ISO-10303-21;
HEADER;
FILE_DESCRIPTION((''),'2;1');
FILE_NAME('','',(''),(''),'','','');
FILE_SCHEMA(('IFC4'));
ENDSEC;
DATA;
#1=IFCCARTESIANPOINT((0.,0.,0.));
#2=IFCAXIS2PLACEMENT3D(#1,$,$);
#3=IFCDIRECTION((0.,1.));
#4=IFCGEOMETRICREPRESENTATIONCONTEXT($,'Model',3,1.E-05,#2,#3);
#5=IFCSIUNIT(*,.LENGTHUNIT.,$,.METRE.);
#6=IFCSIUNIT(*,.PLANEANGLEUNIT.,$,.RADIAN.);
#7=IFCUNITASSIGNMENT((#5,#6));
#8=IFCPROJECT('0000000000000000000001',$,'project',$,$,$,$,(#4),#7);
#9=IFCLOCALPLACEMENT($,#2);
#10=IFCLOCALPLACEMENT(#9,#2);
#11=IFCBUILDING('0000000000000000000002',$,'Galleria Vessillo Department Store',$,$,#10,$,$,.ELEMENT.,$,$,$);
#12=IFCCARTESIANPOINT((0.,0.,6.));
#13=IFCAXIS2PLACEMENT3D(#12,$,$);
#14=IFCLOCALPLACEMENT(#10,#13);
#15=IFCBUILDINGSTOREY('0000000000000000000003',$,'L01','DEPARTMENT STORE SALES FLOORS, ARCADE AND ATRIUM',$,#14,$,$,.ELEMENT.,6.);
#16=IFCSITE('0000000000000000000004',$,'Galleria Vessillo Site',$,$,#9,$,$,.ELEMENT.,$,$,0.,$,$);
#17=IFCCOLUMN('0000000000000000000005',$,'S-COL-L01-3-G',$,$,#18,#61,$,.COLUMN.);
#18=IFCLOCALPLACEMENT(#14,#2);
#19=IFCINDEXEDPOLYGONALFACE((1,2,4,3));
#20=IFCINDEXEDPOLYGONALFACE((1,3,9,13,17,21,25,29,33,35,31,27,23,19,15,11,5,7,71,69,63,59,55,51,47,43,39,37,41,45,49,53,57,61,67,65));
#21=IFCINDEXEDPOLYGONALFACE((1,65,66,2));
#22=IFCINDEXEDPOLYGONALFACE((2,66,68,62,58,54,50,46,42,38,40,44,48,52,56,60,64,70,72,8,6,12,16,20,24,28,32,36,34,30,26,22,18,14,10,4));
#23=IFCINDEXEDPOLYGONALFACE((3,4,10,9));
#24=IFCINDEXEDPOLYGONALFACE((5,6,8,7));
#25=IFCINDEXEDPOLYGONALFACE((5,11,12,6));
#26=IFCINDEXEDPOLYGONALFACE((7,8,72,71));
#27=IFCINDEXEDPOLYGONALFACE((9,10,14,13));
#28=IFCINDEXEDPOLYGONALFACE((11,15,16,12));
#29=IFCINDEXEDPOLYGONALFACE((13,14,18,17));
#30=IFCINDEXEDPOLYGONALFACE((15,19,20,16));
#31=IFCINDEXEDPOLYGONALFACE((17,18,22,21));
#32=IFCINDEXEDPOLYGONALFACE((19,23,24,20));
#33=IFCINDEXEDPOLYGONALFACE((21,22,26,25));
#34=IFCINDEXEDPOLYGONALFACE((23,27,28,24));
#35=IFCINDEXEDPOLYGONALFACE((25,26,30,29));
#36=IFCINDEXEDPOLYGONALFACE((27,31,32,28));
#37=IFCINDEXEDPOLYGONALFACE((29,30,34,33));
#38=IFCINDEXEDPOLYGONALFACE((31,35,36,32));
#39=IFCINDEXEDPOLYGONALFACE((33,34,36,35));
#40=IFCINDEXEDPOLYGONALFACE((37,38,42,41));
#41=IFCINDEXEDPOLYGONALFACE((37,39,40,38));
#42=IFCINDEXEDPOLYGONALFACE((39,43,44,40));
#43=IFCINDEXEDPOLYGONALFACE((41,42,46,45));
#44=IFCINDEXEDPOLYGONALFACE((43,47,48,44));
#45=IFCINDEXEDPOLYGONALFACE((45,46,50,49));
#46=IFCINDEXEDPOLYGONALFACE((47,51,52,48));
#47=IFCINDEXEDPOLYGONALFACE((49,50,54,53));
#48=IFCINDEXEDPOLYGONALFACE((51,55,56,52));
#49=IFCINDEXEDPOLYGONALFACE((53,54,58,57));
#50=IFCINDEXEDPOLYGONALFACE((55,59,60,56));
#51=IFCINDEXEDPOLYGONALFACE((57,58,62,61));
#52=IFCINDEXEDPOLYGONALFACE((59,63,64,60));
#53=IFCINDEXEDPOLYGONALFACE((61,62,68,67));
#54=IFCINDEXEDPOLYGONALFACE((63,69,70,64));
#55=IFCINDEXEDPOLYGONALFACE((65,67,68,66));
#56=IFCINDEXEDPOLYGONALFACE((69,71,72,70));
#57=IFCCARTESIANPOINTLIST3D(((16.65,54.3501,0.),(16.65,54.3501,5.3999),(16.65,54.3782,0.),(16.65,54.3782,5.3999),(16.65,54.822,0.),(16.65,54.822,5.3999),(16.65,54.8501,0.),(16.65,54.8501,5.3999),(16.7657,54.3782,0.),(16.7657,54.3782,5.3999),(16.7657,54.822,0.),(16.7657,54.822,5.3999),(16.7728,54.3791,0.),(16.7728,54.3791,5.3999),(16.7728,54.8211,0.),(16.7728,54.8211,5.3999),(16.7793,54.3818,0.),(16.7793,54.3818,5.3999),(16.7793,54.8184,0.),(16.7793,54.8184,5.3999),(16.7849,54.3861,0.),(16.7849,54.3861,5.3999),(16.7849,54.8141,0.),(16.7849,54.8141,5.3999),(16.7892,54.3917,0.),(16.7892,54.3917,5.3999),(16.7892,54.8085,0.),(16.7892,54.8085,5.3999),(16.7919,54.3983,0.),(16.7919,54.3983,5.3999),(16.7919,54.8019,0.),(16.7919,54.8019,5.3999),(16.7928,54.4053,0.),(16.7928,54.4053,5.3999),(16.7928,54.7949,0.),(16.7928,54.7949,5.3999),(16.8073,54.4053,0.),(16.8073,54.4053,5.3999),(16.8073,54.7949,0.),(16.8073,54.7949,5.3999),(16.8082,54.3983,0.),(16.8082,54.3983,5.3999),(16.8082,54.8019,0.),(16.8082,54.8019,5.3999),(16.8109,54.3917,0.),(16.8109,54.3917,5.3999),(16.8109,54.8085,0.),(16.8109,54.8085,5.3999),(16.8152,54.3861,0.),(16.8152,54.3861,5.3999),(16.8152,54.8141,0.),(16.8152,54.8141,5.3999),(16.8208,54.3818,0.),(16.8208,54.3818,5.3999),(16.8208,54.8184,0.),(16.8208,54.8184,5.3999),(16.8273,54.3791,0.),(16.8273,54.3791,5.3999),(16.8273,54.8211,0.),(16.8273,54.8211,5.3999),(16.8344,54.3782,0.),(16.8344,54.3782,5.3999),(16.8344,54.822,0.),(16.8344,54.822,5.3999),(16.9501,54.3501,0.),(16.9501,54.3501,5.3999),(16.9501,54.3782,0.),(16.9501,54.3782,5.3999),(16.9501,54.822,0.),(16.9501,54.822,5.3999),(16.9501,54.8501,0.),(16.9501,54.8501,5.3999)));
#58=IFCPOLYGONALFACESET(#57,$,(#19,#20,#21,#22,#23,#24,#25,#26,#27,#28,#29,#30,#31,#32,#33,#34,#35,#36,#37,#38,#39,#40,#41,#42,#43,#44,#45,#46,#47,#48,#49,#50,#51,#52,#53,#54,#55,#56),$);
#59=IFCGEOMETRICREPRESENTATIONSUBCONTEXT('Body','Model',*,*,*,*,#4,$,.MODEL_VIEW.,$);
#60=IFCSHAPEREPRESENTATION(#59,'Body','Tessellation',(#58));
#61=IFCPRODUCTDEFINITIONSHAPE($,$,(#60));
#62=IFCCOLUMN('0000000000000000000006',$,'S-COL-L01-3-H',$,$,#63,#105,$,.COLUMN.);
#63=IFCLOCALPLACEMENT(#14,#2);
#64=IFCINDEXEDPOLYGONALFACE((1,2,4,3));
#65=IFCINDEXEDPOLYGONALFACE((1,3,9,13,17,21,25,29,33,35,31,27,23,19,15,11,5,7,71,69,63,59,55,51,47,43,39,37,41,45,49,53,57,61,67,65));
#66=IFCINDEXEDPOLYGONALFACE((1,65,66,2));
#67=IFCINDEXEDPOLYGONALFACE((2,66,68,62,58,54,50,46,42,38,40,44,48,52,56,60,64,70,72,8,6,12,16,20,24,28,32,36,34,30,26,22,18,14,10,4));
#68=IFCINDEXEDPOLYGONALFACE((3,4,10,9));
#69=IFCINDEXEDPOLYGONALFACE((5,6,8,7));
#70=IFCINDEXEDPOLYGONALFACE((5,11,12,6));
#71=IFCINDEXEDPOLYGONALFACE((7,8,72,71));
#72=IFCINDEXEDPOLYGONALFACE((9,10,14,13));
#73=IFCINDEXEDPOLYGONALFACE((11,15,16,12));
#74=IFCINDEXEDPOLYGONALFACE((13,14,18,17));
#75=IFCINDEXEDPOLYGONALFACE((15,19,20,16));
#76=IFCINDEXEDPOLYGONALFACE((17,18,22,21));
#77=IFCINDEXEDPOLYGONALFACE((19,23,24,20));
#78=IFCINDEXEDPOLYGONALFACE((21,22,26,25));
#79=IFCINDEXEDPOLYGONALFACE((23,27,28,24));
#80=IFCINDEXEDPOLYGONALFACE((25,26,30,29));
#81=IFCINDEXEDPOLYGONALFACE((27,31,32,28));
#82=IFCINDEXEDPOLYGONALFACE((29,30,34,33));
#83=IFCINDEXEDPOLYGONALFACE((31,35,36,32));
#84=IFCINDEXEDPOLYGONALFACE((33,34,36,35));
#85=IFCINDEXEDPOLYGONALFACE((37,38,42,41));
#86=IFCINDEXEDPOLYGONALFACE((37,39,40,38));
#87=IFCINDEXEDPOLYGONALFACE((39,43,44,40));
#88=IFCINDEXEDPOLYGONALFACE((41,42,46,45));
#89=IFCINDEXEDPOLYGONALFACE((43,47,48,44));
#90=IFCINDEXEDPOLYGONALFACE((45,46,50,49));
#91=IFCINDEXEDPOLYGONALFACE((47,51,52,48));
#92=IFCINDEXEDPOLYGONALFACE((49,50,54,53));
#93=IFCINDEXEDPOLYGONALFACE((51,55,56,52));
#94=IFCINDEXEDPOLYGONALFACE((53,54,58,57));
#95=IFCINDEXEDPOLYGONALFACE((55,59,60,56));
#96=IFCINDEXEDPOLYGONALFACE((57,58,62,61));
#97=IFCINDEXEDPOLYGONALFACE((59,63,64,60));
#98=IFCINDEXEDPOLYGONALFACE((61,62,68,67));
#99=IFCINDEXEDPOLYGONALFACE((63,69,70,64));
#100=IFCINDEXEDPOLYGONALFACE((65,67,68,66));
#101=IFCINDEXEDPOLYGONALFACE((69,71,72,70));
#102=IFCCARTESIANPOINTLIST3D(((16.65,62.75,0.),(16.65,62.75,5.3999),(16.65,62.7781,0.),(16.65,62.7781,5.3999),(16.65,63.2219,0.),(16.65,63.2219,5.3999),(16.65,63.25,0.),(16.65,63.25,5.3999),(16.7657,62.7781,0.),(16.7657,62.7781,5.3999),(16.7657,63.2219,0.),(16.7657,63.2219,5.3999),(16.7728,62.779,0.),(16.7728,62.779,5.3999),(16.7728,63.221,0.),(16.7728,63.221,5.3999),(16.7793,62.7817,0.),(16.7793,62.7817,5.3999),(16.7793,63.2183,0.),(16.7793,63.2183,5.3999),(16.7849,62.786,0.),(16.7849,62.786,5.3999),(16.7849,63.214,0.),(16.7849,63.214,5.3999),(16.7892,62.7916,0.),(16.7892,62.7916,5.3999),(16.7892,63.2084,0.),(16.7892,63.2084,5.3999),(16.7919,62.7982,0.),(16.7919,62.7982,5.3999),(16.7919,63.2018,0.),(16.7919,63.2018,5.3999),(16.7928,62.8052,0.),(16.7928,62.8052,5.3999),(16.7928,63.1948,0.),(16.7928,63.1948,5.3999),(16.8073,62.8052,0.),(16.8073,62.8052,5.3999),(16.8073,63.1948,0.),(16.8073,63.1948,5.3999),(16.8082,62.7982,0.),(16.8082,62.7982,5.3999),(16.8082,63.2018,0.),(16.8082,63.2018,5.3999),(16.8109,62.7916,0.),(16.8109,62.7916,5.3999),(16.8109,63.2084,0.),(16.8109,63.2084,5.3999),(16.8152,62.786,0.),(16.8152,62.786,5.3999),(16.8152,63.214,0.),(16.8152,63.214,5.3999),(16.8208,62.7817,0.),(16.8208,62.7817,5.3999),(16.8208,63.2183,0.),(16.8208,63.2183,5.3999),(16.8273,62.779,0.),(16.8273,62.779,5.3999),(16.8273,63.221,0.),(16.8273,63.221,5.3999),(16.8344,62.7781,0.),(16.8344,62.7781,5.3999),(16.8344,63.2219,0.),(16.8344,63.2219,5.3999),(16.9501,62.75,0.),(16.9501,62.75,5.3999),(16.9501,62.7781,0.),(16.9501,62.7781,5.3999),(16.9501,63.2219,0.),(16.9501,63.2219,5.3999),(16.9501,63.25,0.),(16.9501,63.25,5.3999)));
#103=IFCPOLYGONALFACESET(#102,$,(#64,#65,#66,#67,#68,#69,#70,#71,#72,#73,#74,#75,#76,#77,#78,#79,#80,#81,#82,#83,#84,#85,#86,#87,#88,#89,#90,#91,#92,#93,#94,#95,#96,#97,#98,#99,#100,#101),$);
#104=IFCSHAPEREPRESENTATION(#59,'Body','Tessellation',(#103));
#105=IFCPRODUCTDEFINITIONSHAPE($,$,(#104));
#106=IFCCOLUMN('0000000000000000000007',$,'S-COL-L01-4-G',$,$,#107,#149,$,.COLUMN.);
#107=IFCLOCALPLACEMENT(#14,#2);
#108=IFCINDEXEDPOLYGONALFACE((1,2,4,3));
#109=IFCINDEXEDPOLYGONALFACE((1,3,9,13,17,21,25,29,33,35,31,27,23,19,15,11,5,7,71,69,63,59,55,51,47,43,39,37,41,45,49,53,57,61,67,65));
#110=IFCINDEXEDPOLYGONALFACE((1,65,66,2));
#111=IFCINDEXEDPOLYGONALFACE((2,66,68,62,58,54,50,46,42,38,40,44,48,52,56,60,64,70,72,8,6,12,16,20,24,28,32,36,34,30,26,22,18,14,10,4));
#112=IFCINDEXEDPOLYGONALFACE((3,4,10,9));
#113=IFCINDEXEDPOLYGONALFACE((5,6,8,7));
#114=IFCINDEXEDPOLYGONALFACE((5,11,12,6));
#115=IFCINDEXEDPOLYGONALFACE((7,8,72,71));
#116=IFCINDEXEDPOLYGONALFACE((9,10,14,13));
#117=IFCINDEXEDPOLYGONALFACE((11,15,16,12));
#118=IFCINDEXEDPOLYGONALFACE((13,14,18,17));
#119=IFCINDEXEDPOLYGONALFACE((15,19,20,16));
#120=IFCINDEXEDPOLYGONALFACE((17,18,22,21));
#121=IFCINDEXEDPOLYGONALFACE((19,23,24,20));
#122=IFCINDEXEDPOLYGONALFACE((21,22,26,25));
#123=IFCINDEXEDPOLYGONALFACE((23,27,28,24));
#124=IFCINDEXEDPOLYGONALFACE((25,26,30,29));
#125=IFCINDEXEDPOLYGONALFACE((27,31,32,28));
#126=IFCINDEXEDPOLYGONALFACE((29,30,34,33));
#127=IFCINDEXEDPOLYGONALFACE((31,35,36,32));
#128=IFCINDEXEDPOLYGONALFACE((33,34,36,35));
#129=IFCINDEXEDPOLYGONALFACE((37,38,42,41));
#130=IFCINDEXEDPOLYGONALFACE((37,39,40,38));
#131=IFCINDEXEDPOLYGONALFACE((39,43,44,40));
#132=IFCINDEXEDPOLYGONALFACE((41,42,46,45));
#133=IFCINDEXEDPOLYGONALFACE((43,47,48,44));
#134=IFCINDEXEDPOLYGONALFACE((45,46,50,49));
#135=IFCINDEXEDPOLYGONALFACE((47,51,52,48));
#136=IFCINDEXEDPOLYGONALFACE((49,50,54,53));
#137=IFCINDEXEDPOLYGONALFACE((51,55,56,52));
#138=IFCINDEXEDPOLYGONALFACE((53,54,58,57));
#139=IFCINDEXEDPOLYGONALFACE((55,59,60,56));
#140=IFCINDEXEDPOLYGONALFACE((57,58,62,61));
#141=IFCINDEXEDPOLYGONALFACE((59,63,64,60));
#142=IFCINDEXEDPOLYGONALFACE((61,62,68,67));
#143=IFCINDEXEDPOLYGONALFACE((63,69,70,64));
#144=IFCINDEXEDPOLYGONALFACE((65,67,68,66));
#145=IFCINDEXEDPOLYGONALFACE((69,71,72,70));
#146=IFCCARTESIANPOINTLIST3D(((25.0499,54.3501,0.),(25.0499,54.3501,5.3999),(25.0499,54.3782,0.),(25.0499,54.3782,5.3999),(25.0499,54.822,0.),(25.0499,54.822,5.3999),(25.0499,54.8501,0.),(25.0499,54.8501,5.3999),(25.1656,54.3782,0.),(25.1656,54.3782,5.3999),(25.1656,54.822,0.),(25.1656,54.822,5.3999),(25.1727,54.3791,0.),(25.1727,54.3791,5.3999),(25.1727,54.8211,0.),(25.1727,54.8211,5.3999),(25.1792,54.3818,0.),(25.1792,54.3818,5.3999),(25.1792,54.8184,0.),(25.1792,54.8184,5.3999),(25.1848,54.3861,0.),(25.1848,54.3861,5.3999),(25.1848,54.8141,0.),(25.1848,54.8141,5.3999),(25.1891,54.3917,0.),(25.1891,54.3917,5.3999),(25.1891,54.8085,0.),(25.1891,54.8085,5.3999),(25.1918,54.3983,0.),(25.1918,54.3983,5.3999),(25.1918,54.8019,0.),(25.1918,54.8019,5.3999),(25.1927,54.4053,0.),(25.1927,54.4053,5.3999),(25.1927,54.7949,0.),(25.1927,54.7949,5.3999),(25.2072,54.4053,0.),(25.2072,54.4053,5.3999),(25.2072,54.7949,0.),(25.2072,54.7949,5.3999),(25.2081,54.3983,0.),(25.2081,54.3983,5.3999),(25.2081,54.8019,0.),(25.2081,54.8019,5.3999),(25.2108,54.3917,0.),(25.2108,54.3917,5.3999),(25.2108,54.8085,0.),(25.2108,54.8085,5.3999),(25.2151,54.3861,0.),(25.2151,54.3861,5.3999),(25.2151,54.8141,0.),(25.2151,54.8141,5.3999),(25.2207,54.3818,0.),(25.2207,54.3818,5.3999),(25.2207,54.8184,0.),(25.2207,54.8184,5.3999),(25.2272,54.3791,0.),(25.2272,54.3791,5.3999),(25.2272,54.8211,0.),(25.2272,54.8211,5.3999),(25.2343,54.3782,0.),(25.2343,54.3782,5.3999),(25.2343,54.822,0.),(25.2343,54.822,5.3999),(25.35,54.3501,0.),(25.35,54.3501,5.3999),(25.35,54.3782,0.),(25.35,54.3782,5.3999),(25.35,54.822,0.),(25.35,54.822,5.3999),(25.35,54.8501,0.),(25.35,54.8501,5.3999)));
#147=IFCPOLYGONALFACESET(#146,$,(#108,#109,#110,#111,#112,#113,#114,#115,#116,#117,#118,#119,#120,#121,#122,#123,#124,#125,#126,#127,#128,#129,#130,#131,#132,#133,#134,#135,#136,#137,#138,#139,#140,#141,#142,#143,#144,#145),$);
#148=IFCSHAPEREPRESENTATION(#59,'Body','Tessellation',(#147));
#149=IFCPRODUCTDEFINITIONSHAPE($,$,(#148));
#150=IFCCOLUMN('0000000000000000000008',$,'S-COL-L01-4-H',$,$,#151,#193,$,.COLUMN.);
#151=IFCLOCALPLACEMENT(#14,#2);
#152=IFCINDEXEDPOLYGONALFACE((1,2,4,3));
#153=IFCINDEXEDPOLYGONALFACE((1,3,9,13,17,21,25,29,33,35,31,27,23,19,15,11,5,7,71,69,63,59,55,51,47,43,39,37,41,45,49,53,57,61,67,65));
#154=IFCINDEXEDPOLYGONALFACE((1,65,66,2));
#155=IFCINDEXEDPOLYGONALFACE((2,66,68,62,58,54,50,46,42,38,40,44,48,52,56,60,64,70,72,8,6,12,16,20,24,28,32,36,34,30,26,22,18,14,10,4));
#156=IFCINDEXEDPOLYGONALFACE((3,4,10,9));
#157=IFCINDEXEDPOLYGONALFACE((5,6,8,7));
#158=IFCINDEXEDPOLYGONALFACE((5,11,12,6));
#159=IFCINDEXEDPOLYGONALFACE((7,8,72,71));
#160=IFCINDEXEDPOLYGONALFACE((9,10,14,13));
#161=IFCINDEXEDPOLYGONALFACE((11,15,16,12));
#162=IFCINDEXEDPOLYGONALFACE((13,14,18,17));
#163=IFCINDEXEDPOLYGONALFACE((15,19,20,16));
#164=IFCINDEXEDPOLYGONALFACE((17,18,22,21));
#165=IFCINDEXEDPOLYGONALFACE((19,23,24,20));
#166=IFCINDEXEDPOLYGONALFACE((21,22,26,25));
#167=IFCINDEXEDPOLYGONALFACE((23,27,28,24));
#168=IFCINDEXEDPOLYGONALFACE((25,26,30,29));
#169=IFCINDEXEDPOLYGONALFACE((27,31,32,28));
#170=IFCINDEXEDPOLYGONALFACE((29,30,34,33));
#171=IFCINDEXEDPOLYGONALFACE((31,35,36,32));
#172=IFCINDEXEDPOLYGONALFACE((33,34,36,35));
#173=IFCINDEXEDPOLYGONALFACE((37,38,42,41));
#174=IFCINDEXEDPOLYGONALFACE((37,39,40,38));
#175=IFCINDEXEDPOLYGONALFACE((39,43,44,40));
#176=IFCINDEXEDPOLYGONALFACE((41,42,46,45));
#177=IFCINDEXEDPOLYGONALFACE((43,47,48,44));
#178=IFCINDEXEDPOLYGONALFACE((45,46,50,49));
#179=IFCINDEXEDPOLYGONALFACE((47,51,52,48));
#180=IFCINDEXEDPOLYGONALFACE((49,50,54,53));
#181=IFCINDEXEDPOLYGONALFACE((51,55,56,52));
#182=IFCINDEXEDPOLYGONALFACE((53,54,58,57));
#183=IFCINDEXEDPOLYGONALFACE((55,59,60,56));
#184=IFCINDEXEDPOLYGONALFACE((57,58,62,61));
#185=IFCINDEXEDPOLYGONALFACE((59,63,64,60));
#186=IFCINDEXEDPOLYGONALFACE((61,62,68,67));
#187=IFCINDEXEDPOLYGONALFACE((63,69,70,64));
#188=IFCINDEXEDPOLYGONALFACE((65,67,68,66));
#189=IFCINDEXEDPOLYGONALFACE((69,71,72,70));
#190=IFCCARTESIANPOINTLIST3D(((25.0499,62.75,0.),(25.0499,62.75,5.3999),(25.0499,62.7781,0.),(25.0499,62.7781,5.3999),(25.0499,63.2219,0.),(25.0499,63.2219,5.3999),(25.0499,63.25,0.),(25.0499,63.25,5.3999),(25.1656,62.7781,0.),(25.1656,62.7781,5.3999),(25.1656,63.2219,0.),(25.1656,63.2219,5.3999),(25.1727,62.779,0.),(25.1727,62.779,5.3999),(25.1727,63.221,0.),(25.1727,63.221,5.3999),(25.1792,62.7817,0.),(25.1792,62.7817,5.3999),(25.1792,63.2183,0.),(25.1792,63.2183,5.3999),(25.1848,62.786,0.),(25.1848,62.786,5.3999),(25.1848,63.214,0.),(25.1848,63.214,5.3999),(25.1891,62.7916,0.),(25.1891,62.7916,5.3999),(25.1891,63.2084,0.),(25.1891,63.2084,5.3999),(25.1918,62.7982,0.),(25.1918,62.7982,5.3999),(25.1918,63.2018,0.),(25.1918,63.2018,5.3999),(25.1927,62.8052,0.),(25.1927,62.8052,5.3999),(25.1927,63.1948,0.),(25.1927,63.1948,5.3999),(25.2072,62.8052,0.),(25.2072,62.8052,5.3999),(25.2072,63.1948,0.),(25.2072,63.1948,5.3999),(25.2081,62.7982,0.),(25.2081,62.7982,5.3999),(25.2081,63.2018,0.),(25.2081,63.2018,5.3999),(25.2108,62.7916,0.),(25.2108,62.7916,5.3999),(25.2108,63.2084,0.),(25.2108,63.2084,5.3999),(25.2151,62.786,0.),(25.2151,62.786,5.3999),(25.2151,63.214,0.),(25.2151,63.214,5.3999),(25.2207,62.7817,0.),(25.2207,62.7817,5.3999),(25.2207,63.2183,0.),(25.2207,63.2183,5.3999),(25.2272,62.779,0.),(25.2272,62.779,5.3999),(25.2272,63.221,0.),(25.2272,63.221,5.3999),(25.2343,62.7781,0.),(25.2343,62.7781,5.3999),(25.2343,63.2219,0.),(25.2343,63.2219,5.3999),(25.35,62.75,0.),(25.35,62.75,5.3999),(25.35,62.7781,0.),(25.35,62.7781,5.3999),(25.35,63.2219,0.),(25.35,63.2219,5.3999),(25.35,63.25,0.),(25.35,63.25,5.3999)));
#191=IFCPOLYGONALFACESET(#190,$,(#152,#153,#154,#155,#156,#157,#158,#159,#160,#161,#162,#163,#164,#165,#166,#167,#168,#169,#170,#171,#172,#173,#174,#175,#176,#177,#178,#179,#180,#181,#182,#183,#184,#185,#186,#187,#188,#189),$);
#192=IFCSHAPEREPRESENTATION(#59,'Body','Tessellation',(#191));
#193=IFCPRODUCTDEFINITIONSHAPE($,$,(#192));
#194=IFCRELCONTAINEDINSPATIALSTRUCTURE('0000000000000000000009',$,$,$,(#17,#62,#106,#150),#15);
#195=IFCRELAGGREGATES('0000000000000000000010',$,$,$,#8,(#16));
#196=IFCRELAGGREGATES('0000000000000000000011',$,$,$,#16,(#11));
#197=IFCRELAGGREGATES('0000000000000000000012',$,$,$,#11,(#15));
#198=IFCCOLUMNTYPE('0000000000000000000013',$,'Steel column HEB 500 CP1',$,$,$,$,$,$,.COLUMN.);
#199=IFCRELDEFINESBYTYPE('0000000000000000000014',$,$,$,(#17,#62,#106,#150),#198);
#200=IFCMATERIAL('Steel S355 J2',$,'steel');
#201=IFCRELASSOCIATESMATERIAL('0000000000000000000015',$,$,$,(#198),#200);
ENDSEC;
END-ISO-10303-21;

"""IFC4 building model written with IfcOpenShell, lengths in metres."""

from ifc_helpers import new_model, si_unit, direction, frame, origin, origin_2d, place, context, subcontext, project, spatial, i_section, extrude, material, material_profile, profile_set, type_object, element, save


model = new_model("IFC4")

# Units and contexts
model_context = context("Model", 3, precision=1e-05, world=origin(), true_north=direction((0.0, 1.0)))
body_context = subcontext(model_context, "Body", "Model", "MODEL_VIEW")
ifc_project = project(units=[si_unit("LENGTHUNIT", "METRE"), si_unit("PLANEANGLEUNIT", "RADIAN")], contexts=[model_context])

# Site, building, storey
site_placement = place(None, origin())
site = spatial("IfcSite", under=ifc_project, at=site_placement, Name="Galleria Vessillo Site", CompositionType="ELEMENT", RefElevation=0.0)
building_placement = place(site_placement, origin())
building = spatial("IfcBuilding", under=site, at=building_placement, Name="Galleria Vessillo Department Store", CompositionType="ELEMENT")
storey_placement = place(building_placement, frame((0.0, 0.0, 6.0)))
storey = spatial("IfcBuildingStorey", under=building, at=storey_placement, Name="L01", Description="DEPARTMENT STORE SALES FLOORS, ARCADE AND ATRIUM", CompositionType="ELEMENT", Elevation=6.0)

# Columns
ifc_material_1 = material(Name="Steel S355 J2", Category="steel")
ifc_material_profile_1 = material_profile(ifc_material_1, i_section(OverallWidth=0.3, OverallDepth=0.5, WebThickness=0.0144, FlangeThickness=0.0281, FilletRadius=0.0271, at=origin_2d()), Name="HEB 500")
ifc_profile_set_1 = profile_set([ifc_material_profile_1], Name="Steel S355 J2")
column_type = type_object("IfcColumnType", Name="Steel column HEB 500 CP1", PredefinedType="COLUMN", material=ifc_profile_set_1)
for number, where, z_axis, x_axis, name in (
    (1, (16.8, 54.6001, 0.0), (0.0, 0.0, 1.0), (1.0, 0.0, 0.0), "S-COL-L01-3-G"),
    (2, (16.8, 63.0, 0.0), (0.0, 0.0, 1.0), (1.0, 0.0, 0.0), "S-COL-L01-3-H"),
    (3, (25.2, 54.6001, 0.0), (0.0, 0.0, 1.0), (1.0, 0.0, 0.0), "S-COL-L01-4-G"),
    (4, (25.2, 63.0, 0.0), (0.0, 0.0, 1.0), (1.0, 0.0, 0.0), "S-COL-L01-4-H"),
):
    element("IfcColumn", number, at=place(storey_placement, frame(where, z_axis=z_axis, x_axis=x_axis)), inside=storey, type_object=column_type, Name=name, PredefinedType="COLUMN", context=body_context, shape_type="SweptSolid", body=[
        extrude(i_section(OverallWidth=0.3, OverallDepth=0.5, WebThickness=0.0144, FlangeThickness=0.0281, FilletRadius=0.0271, at=origin_2d()), origin(), (0.0, 0.0, 1.0), 5.3999),
    ])

save(model, "model.ifc")
